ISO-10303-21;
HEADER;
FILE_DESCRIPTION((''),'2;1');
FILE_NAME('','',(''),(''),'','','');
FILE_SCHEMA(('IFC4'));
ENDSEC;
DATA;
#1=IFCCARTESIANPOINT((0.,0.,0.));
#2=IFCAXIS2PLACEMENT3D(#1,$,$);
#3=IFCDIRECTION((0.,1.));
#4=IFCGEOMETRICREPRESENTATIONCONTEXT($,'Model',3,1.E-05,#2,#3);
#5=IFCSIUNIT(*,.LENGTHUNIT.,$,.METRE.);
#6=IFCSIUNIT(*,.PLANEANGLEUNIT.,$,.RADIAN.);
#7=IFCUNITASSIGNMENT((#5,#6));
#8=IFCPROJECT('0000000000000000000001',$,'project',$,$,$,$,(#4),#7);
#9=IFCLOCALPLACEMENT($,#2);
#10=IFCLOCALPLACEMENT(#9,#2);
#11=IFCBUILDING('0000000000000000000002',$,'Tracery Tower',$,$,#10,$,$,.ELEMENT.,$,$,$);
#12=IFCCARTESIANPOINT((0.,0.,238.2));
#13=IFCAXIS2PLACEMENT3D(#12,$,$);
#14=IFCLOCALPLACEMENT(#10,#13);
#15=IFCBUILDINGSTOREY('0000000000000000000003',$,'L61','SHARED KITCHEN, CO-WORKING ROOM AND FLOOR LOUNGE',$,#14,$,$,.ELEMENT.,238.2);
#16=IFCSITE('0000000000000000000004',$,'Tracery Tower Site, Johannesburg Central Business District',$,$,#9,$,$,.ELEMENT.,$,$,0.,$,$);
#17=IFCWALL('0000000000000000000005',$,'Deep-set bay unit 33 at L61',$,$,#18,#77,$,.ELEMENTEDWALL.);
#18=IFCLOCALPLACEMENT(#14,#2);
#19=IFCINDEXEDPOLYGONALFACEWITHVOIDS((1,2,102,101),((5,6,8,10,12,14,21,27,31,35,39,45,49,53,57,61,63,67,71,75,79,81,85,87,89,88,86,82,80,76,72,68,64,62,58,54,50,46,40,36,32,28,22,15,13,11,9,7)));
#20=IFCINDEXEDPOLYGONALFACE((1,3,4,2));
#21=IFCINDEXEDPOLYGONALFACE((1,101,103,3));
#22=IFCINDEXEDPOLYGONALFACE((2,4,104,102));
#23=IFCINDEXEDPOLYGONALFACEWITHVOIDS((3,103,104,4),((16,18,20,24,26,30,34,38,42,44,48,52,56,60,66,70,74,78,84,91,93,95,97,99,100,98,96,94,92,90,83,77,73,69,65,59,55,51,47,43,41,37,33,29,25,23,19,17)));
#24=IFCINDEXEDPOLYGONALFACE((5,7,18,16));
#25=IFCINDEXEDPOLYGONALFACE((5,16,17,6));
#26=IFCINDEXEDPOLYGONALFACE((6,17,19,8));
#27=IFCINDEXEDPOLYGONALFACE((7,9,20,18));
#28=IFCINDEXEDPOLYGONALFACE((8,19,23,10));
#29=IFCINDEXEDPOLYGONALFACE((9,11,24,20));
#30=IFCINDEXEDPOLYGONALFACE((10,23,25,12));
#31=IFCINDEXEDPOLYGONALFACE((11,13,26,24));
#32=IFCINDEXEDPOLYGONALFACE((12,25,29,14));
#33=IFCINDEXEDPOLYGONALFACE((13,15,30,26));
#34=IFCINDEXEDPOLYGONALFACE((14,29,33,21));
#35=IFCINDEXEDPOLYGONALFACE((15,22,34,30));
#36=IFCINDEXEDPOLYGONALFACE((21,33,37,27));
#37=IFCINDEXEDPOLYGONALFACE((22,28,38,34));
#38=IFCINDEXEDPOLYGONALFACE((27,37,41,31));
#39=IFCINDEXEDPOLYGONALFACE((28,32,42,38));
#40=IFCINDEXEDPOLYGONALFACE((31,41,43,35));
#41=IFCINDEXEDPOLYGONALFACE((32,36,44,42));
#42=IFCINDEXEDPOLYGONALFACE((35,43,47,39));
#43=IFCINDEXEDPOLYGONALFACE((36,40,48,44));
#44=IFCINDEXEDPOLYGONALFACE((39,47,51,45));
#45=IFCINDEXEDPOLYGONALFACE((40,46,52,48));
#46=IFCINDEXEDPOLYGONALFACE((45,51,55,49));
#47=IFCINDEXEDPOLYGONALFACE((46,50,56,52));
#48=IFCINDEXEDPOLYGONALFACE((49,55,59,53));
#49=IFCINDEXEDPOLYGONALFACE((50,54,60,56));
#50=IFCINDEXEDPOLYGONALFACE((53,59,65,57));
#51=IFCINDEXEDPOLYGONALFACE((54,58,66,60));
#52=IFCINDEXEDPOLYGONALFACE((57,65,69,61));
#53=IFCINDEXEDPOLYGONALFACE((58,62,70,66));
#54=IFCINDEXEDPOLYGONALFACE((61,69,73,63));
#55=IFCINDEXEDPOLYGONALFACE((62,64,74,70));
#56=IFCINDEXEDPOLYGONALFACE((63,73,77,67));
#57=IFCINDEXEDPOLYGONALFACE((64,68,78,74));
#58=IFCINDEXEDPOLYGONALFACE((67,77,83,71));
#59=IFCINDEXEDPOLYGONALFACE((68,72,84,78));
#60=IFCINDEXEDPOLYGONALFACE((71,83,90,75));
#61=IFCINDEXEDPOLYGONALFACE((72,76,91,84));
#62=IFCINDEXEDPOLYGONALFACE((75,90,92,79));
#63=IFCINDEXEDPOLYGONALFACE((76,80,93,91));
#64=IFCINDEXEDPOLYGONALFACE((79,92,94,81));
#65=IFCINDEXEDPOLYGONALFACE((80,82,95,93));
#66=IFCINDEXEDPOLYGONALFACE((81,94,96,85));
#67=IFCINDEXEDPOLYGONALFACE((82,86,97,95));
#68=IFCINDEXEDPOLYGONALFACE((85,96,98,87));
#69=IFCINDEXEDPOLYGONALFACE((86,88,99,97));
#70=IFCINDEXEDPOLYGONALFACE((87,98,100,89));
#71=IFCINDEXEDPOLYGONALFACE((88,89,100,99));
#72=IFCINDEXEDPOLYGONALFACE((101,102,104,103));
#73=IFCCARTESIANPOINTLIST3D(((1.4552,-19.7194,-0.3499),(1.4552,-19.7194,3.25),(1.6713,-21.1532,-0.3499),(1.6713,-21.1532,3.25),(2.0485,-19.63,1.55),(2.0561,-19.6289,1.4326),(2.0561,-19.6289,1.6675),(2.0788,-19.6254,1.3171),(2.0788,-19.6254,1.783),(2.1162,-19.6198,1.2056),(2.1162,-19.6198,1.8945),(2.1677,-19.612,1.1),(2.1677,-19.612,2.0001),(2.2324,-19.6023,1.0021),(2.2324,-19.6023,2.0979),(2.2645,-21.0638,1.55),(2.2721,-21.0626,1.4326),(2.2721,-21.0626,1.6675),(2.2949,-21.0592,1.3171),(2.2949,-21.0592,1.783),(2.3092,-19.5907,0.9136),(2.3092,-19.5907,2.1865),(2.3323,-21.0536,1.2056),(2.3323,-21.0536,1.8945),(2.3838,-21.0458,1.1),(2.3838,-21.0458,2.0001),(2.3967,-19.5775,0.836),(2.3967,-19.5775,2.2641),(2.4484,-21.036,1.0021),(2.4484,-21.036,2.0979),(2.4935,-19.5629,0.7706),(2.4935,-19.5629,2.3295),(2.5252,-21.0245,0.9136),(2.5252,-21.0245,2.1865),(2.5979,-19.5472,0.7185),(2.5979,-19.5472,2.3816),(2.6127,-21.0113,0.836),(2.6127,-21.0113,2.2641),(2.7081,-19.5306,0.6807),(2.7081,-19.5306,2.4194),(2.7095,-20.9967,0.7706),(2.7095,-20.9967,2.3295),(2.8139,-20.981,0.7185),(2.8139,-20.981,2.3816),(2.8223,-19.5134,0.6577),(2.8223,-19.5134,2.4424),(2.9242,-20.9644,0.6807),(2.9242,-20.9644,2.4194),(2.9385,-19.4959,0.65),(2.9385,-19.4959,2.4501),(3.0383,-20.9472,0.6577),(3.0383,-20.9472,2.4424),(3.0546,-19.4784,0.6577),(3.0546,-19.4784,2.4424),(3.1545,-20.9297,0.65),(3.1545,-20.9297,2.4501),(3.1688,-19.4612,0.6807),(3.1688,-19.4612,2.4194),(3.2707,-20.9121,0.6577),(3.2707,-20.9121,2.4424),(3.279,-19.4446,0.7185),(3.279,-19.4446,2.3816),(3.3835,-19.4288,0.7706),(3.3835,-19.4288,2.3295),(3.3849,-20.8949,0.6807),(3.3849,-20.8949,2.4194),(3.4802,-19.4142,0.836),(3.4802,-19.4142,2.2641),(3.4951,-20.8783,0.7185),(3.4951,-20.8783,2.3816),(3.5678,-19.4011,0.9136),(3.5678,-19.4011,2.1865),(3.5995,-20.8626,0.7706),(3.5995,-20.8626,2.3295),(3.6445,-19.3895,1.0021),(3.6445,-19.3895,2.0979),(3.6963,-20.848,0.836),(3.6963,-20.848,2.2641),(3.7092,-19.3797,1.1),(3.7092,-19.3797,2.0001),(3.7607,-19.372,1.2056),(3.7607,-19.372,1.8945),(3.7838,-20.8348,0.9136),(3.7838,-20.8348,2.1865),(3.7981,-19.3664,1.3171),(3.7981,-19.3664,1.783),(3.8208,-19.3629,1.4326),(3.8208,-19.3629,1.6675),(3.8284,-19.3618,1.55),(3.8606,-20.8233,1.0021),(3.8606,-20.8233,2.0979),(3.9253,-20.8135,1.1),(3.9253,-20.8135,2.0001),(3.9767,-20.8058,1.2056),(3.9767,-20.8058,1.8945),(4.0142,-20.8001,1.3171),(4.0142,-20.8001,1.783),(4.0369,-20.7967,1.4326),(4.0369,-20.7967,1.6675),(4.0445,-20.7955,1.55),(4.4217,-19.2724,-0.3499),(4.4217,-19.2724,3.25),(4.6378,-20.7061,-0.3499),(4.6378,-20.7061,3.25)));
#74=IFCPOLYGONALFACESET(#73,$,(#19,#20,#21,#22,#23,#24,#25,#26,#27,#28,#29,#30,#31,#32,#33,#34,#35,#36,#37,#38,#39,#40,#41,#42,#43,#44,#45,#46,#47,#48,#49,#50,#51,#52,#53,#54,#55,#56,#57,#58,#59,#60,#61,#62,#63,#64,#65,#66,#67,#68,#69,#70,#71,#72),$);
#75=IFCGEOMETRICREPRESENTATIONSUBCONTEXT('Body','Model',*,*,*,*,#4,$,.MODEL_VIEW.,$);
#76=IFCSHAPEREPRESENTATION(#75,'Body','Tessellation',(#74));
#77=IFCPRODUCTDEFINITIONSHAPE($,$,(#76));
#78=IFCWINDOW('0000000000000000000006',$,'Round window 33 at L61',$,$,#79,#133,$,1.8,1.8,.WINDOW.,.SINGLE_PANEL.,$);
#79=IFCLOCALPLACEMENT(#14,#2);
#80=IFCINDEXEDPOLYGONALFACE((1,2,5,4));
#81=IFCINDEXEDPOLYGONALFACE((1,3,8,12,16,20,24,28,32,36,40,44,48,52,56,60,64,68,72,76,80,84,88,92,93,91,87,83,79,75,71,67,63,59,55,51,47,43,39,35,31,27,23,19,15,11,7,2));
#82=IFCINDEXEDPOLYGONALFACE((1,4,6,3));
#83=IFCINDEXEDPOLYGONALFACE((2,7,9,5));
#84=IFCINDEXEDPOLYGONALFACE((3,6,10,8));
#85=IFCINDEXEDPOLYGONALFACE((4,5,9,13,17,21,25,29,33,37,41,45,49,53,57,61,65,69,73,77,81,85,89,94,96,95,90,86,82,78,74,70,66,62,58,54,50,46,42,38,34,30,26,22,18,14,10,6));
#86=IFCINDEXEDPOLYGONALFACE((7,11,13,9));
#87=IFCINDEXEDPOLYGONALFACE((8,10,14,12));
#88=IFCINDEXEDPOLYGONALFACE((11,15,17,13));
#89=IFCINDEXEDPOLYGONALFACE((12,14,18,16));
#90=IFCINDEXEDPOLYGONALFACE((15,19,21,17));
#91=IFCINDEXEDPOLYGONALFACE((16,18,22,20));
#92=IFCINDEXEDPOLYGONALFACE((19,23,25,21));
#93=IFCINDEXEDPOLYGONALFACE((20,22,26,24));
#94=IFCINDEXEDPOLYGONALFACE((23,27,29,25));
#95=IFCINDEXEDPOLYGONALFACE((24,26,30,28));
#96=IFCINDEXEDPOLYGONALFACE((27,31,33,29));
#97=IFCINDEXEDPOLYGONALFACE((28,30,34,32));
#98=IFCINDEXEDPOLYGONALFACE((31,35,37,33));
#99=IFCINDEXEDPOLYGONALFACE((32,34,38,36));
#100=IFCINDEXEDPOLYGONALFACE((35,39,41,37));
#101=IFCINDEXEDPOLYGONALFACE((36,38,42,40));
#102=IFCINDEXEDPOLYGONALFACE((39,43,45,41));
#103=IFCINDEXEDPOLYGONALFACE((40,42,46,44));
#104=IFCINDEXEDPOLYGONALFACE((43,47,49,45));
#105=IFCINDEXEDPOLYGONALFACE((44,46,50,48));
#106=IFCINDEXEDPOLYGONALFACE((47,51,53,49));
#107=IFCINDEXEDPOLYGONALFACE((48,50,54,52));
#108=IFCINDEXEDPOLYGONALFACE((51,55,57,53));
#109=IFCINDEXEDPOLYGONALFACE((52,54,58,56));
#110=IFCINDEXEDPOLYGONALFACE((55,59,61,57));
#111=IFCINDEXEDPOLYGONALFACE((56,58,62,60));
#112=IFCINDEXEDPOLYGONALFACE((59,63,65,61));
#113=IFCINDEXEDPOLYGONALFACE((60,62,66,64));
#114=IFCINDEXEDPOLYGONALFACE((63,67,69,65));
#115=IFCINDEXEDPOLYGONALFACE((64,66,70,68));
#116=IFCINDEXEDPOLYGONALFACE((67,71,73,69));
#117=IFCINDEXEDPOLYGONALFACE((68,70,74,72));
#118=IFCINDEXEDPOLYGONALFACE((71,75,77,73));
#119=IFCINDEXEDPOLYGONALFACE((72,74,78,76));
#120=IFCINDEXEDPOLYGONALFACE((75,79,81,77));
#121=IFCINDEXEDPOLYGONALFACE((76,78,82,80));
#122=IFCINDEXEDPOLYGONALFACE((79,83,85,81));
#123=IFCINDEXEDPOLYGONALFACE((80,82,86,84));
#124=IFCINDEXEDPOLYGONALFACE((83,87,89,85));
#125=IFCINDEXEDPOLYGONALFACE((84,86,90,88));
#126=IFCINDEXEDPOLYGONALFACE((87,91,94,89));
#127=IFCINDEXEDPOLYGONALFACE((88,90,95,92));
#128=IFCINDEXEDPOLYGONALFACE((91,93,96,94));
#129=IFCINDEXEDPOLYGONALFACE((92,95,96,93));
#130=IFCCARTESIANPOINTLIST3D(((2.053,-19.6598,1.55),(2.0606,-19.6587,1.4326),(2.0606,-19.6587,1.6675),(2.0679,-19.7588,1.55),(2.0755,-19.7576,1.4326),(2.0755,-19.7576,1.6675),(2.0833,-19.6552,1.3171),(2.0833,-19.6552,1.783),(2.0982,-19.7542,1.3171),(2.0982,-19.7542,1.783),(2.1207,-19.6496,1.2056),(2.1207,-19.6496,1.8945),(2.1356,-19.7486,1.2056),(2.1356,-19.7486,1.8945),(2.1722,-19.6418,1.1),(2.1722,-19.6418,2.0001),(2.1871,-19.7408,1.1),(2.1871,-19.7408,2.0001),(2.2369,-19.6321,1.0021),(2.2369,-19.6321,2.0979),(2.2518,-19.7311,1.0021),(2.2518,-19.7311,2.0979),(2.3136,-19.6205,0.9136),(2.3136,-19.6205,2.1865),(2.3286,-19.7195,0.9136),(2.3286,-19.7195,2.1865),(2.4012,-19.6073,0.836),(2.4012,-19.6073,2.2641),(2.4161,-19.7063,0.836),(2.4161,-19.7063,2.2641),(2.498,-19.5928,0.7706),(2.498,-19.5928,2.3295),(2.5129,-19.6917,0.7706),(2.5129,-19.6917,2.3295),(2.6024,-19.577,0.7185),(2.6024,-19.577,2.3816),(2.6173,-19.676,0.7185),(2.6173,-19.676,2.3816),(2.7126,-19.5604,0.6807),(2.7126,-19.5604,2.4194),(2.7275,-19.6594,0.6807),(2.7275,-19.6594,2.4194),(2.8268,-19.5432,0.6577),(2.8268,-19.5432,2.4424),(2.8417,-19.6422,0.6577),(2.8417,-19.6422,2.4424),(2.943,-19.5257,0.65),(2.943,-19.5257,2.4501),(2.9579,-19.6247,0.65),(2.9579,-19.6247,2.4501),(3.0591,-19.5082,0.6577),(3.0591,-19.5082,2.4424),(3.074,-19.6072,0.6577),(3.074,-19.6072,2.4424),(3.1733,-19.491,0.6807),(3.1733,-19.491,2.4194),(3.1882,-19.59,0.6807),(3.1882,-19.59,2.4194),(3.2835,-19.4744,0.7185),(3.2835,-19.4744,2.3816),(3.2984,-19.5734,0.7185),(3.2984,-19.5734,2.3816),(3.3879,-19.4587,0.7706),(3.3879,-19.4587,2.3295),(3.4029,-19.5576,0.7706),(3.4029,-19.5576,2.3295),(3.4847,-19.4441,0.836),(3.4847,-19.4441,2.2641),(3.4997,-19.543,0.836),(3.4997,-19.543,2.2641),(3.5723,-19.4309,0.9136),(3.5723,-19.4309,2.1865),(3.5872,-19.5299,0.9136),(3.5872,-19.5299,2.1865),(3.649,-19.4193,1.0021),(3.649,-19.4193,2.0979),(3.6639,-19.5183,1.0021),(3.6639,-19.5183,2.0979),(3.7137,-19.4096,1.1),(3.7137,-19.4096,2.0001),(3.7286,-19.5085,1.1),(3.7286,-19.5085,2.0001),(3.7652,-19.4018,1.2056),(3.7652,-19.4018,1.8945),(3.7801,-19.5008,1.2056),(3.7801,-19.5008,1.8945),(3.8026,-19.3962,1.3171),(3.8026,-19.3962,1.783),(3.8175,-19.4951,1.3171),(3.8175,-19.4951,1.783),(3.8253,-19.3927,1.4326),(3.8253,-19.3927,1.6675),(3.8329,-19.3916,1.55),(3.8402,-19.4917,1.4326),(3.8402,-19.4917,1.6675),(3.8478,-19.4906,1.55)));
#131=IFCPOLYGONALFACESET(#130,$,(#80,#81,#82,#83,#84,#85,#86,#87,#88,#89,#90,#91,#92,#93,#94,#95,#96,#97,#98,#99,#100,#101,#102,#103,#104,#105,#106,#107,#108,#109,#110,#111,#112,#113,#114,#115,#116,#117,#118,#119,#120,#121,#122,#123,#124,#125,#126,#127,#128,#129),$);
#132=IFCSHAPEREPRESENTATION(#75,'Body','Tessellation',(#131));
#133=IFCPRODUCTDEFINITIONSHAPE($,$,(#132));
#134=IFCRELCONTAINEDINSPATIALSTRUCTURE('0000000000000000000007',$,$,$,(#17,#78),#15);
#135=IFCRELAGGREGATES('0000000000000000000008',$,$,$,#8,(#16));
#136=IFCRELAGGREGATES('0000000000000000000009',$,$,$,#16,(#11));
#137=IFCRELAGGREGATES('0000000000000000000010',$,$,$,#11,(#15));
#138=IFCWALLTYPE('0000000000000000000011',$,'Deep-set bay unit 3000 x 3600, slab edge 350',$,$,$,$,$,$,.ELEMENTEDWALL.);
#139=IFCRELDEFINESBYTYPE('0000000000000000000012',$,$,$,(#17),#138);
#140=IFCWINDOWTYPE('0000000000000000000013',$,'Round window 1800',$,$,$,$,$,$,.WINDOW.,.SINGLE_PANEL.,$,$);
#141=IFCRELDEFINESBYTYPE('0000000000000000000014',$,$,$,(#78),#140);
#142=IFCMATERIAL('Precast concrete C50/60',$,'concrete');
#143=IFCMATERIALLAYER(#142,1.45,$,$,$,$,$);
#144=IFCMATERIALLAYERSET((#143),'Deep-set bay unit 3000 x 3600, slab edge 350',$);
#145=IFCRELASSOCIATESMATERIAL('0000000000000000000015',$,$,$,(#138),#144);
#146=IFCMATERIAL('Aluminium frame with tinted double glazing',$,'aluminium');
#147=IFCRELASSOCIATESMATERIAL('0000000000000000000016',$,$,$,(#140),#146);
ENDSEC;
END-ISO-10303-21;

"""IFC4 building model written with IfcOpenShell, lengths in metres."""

from ifc_helpers import new_model, si_unit, direction, frame, frame_2d, origin, origin_2d, place, context, subcontext, project, spatial, rectangle, circle, extrude, material, layer, layer_set, type_object, element, fill, save


model = new_model("IFC4")

# Units and contexts
model_context = context("Model", 3, precision=1e-05, world=origin(), true_north=direction((0.0, 1.0)))
body_context = subcontext(model_context, "Body", "Model", "MODEL_VIEW")
ifc_project = project(units=[si_unit("LENGTHUNIT", "METRE"), si_unit("PLANEANGLEUNIT", "RADIAN")], contexts=[model_context])

# Site, building, storey
site_placement = place(None, origin())
site = spatial("IfcSite", under=ifc_project, at=site_placement, Name="Tracery Tower Site, Johannesburg Central Business District", CompositionType="ELEMENT", RefElevation=0.0)
building_placement = place(site_placement, origin())
building = spatial("IfcBuilding", under=site, at=building_placement, Name="Tracery Tower", CompositionType="ELEMENT")
storey_placement = place(building_placement, frame((0.0, 0.0, 238.2)))
storey = spatial("IfcBuildingStorey", under=building, at=storey_placement, Name="L61", Description="SHARED KITCHEN, CO-WORKING ROOM AND FLOOR LOUNGE", CompositionType="ELEMENT", Elevation=238.2)

# Wall, opening, window
ifc_material_1 = material(Name="Precast concrete C50/60", Category="concrete")
ifc_layer_1 = layer(ifc_material_1, 1.45)
ifc_layer_set_1 = layer_set([ifc_layer_1], Name="Deep-set bay unit 3000 x 3600, slab edge 350")
wall_type_1 = type_object("IfcWallType", Name="Deep-set bay unit 3000 x 3600, slab edge 350", PredefinedType="ELEMENTEDWALL", material=ifc_layer_set_1)
wall_1_placement = place(storey_placement, frame((1.5632, -20.4363, -0.3499), z_axis=(0.0, 0.0, 1.0), x_axis=(0.988836, 0.149005, 0.0)))
wall_1 = element("IfcWall", 1, at=wall_1_placement, inside=storey, type_object=wall_type_1, Name="Deep-set bay unit 33 at L61", PredefinedType="ELEMENTEDWALL", context=body_context, shape_type="SweptSolid", body=[
    extrude(rectangle(XDim=3.0, YDim=1.45, at=frame_2d((1.5, 0.0))), origin(), (0.0, 0.0, 1.0), 3.5999),
])
opening_1_placement = place(wall_1_placement, frame((1.5, 0.0, 1.8999)))
opening_1 = element("IfcOpeningElement", 2, at=opening_1_placement, cuts=wall_1, PredefinedType="OPENING", context=body_context, shape_type="SweptSolid", body=[
    extrude(circle(Radius=0.9, at=origin_2d()), frame((0.0, 0.7349, 0.0), z_axis=(0.0, -1.0, 0.0), x_axis=(1.0, 0.0, 0.0)), (0.0, 0.0, 1.0), 1.47),
])
ifc_material_2 = material(Name="Aluminium frame with tinted double glazing", Category="aluminium")
window_type = type_object("IfcWindowType", Name="Round window 1800", PartitioningType="SINGLE_PANEL", PredefinedType="WINDOW", material=ifc_material_2)
window_1_placement = place(opening_1_placement, origin())
window_1 = element("IfcWindow", 3, at=window_1_placement, inside=storey, type_object=window_type, Name="Round window 33 at L61", OverallHeight=1.8, OverallWidth=1.8, PartitioningType="SINGLE_PANEL", PredefinedType="WINDOW", context=body_context, shape_type="SweptSolid", body=[
    extrude(circle(Radius=0.9, at=origin_2d()), frame((0.0, 0.6948, 0.0), z_axis=(0.0, -1.0, 0.0), x_axis=(1.0, 0.0, 0.0)), (0.0, 0.0, 1.0), 0.1001),
])
fill(opening_1, window_1)

save(model, "model.ifc")
